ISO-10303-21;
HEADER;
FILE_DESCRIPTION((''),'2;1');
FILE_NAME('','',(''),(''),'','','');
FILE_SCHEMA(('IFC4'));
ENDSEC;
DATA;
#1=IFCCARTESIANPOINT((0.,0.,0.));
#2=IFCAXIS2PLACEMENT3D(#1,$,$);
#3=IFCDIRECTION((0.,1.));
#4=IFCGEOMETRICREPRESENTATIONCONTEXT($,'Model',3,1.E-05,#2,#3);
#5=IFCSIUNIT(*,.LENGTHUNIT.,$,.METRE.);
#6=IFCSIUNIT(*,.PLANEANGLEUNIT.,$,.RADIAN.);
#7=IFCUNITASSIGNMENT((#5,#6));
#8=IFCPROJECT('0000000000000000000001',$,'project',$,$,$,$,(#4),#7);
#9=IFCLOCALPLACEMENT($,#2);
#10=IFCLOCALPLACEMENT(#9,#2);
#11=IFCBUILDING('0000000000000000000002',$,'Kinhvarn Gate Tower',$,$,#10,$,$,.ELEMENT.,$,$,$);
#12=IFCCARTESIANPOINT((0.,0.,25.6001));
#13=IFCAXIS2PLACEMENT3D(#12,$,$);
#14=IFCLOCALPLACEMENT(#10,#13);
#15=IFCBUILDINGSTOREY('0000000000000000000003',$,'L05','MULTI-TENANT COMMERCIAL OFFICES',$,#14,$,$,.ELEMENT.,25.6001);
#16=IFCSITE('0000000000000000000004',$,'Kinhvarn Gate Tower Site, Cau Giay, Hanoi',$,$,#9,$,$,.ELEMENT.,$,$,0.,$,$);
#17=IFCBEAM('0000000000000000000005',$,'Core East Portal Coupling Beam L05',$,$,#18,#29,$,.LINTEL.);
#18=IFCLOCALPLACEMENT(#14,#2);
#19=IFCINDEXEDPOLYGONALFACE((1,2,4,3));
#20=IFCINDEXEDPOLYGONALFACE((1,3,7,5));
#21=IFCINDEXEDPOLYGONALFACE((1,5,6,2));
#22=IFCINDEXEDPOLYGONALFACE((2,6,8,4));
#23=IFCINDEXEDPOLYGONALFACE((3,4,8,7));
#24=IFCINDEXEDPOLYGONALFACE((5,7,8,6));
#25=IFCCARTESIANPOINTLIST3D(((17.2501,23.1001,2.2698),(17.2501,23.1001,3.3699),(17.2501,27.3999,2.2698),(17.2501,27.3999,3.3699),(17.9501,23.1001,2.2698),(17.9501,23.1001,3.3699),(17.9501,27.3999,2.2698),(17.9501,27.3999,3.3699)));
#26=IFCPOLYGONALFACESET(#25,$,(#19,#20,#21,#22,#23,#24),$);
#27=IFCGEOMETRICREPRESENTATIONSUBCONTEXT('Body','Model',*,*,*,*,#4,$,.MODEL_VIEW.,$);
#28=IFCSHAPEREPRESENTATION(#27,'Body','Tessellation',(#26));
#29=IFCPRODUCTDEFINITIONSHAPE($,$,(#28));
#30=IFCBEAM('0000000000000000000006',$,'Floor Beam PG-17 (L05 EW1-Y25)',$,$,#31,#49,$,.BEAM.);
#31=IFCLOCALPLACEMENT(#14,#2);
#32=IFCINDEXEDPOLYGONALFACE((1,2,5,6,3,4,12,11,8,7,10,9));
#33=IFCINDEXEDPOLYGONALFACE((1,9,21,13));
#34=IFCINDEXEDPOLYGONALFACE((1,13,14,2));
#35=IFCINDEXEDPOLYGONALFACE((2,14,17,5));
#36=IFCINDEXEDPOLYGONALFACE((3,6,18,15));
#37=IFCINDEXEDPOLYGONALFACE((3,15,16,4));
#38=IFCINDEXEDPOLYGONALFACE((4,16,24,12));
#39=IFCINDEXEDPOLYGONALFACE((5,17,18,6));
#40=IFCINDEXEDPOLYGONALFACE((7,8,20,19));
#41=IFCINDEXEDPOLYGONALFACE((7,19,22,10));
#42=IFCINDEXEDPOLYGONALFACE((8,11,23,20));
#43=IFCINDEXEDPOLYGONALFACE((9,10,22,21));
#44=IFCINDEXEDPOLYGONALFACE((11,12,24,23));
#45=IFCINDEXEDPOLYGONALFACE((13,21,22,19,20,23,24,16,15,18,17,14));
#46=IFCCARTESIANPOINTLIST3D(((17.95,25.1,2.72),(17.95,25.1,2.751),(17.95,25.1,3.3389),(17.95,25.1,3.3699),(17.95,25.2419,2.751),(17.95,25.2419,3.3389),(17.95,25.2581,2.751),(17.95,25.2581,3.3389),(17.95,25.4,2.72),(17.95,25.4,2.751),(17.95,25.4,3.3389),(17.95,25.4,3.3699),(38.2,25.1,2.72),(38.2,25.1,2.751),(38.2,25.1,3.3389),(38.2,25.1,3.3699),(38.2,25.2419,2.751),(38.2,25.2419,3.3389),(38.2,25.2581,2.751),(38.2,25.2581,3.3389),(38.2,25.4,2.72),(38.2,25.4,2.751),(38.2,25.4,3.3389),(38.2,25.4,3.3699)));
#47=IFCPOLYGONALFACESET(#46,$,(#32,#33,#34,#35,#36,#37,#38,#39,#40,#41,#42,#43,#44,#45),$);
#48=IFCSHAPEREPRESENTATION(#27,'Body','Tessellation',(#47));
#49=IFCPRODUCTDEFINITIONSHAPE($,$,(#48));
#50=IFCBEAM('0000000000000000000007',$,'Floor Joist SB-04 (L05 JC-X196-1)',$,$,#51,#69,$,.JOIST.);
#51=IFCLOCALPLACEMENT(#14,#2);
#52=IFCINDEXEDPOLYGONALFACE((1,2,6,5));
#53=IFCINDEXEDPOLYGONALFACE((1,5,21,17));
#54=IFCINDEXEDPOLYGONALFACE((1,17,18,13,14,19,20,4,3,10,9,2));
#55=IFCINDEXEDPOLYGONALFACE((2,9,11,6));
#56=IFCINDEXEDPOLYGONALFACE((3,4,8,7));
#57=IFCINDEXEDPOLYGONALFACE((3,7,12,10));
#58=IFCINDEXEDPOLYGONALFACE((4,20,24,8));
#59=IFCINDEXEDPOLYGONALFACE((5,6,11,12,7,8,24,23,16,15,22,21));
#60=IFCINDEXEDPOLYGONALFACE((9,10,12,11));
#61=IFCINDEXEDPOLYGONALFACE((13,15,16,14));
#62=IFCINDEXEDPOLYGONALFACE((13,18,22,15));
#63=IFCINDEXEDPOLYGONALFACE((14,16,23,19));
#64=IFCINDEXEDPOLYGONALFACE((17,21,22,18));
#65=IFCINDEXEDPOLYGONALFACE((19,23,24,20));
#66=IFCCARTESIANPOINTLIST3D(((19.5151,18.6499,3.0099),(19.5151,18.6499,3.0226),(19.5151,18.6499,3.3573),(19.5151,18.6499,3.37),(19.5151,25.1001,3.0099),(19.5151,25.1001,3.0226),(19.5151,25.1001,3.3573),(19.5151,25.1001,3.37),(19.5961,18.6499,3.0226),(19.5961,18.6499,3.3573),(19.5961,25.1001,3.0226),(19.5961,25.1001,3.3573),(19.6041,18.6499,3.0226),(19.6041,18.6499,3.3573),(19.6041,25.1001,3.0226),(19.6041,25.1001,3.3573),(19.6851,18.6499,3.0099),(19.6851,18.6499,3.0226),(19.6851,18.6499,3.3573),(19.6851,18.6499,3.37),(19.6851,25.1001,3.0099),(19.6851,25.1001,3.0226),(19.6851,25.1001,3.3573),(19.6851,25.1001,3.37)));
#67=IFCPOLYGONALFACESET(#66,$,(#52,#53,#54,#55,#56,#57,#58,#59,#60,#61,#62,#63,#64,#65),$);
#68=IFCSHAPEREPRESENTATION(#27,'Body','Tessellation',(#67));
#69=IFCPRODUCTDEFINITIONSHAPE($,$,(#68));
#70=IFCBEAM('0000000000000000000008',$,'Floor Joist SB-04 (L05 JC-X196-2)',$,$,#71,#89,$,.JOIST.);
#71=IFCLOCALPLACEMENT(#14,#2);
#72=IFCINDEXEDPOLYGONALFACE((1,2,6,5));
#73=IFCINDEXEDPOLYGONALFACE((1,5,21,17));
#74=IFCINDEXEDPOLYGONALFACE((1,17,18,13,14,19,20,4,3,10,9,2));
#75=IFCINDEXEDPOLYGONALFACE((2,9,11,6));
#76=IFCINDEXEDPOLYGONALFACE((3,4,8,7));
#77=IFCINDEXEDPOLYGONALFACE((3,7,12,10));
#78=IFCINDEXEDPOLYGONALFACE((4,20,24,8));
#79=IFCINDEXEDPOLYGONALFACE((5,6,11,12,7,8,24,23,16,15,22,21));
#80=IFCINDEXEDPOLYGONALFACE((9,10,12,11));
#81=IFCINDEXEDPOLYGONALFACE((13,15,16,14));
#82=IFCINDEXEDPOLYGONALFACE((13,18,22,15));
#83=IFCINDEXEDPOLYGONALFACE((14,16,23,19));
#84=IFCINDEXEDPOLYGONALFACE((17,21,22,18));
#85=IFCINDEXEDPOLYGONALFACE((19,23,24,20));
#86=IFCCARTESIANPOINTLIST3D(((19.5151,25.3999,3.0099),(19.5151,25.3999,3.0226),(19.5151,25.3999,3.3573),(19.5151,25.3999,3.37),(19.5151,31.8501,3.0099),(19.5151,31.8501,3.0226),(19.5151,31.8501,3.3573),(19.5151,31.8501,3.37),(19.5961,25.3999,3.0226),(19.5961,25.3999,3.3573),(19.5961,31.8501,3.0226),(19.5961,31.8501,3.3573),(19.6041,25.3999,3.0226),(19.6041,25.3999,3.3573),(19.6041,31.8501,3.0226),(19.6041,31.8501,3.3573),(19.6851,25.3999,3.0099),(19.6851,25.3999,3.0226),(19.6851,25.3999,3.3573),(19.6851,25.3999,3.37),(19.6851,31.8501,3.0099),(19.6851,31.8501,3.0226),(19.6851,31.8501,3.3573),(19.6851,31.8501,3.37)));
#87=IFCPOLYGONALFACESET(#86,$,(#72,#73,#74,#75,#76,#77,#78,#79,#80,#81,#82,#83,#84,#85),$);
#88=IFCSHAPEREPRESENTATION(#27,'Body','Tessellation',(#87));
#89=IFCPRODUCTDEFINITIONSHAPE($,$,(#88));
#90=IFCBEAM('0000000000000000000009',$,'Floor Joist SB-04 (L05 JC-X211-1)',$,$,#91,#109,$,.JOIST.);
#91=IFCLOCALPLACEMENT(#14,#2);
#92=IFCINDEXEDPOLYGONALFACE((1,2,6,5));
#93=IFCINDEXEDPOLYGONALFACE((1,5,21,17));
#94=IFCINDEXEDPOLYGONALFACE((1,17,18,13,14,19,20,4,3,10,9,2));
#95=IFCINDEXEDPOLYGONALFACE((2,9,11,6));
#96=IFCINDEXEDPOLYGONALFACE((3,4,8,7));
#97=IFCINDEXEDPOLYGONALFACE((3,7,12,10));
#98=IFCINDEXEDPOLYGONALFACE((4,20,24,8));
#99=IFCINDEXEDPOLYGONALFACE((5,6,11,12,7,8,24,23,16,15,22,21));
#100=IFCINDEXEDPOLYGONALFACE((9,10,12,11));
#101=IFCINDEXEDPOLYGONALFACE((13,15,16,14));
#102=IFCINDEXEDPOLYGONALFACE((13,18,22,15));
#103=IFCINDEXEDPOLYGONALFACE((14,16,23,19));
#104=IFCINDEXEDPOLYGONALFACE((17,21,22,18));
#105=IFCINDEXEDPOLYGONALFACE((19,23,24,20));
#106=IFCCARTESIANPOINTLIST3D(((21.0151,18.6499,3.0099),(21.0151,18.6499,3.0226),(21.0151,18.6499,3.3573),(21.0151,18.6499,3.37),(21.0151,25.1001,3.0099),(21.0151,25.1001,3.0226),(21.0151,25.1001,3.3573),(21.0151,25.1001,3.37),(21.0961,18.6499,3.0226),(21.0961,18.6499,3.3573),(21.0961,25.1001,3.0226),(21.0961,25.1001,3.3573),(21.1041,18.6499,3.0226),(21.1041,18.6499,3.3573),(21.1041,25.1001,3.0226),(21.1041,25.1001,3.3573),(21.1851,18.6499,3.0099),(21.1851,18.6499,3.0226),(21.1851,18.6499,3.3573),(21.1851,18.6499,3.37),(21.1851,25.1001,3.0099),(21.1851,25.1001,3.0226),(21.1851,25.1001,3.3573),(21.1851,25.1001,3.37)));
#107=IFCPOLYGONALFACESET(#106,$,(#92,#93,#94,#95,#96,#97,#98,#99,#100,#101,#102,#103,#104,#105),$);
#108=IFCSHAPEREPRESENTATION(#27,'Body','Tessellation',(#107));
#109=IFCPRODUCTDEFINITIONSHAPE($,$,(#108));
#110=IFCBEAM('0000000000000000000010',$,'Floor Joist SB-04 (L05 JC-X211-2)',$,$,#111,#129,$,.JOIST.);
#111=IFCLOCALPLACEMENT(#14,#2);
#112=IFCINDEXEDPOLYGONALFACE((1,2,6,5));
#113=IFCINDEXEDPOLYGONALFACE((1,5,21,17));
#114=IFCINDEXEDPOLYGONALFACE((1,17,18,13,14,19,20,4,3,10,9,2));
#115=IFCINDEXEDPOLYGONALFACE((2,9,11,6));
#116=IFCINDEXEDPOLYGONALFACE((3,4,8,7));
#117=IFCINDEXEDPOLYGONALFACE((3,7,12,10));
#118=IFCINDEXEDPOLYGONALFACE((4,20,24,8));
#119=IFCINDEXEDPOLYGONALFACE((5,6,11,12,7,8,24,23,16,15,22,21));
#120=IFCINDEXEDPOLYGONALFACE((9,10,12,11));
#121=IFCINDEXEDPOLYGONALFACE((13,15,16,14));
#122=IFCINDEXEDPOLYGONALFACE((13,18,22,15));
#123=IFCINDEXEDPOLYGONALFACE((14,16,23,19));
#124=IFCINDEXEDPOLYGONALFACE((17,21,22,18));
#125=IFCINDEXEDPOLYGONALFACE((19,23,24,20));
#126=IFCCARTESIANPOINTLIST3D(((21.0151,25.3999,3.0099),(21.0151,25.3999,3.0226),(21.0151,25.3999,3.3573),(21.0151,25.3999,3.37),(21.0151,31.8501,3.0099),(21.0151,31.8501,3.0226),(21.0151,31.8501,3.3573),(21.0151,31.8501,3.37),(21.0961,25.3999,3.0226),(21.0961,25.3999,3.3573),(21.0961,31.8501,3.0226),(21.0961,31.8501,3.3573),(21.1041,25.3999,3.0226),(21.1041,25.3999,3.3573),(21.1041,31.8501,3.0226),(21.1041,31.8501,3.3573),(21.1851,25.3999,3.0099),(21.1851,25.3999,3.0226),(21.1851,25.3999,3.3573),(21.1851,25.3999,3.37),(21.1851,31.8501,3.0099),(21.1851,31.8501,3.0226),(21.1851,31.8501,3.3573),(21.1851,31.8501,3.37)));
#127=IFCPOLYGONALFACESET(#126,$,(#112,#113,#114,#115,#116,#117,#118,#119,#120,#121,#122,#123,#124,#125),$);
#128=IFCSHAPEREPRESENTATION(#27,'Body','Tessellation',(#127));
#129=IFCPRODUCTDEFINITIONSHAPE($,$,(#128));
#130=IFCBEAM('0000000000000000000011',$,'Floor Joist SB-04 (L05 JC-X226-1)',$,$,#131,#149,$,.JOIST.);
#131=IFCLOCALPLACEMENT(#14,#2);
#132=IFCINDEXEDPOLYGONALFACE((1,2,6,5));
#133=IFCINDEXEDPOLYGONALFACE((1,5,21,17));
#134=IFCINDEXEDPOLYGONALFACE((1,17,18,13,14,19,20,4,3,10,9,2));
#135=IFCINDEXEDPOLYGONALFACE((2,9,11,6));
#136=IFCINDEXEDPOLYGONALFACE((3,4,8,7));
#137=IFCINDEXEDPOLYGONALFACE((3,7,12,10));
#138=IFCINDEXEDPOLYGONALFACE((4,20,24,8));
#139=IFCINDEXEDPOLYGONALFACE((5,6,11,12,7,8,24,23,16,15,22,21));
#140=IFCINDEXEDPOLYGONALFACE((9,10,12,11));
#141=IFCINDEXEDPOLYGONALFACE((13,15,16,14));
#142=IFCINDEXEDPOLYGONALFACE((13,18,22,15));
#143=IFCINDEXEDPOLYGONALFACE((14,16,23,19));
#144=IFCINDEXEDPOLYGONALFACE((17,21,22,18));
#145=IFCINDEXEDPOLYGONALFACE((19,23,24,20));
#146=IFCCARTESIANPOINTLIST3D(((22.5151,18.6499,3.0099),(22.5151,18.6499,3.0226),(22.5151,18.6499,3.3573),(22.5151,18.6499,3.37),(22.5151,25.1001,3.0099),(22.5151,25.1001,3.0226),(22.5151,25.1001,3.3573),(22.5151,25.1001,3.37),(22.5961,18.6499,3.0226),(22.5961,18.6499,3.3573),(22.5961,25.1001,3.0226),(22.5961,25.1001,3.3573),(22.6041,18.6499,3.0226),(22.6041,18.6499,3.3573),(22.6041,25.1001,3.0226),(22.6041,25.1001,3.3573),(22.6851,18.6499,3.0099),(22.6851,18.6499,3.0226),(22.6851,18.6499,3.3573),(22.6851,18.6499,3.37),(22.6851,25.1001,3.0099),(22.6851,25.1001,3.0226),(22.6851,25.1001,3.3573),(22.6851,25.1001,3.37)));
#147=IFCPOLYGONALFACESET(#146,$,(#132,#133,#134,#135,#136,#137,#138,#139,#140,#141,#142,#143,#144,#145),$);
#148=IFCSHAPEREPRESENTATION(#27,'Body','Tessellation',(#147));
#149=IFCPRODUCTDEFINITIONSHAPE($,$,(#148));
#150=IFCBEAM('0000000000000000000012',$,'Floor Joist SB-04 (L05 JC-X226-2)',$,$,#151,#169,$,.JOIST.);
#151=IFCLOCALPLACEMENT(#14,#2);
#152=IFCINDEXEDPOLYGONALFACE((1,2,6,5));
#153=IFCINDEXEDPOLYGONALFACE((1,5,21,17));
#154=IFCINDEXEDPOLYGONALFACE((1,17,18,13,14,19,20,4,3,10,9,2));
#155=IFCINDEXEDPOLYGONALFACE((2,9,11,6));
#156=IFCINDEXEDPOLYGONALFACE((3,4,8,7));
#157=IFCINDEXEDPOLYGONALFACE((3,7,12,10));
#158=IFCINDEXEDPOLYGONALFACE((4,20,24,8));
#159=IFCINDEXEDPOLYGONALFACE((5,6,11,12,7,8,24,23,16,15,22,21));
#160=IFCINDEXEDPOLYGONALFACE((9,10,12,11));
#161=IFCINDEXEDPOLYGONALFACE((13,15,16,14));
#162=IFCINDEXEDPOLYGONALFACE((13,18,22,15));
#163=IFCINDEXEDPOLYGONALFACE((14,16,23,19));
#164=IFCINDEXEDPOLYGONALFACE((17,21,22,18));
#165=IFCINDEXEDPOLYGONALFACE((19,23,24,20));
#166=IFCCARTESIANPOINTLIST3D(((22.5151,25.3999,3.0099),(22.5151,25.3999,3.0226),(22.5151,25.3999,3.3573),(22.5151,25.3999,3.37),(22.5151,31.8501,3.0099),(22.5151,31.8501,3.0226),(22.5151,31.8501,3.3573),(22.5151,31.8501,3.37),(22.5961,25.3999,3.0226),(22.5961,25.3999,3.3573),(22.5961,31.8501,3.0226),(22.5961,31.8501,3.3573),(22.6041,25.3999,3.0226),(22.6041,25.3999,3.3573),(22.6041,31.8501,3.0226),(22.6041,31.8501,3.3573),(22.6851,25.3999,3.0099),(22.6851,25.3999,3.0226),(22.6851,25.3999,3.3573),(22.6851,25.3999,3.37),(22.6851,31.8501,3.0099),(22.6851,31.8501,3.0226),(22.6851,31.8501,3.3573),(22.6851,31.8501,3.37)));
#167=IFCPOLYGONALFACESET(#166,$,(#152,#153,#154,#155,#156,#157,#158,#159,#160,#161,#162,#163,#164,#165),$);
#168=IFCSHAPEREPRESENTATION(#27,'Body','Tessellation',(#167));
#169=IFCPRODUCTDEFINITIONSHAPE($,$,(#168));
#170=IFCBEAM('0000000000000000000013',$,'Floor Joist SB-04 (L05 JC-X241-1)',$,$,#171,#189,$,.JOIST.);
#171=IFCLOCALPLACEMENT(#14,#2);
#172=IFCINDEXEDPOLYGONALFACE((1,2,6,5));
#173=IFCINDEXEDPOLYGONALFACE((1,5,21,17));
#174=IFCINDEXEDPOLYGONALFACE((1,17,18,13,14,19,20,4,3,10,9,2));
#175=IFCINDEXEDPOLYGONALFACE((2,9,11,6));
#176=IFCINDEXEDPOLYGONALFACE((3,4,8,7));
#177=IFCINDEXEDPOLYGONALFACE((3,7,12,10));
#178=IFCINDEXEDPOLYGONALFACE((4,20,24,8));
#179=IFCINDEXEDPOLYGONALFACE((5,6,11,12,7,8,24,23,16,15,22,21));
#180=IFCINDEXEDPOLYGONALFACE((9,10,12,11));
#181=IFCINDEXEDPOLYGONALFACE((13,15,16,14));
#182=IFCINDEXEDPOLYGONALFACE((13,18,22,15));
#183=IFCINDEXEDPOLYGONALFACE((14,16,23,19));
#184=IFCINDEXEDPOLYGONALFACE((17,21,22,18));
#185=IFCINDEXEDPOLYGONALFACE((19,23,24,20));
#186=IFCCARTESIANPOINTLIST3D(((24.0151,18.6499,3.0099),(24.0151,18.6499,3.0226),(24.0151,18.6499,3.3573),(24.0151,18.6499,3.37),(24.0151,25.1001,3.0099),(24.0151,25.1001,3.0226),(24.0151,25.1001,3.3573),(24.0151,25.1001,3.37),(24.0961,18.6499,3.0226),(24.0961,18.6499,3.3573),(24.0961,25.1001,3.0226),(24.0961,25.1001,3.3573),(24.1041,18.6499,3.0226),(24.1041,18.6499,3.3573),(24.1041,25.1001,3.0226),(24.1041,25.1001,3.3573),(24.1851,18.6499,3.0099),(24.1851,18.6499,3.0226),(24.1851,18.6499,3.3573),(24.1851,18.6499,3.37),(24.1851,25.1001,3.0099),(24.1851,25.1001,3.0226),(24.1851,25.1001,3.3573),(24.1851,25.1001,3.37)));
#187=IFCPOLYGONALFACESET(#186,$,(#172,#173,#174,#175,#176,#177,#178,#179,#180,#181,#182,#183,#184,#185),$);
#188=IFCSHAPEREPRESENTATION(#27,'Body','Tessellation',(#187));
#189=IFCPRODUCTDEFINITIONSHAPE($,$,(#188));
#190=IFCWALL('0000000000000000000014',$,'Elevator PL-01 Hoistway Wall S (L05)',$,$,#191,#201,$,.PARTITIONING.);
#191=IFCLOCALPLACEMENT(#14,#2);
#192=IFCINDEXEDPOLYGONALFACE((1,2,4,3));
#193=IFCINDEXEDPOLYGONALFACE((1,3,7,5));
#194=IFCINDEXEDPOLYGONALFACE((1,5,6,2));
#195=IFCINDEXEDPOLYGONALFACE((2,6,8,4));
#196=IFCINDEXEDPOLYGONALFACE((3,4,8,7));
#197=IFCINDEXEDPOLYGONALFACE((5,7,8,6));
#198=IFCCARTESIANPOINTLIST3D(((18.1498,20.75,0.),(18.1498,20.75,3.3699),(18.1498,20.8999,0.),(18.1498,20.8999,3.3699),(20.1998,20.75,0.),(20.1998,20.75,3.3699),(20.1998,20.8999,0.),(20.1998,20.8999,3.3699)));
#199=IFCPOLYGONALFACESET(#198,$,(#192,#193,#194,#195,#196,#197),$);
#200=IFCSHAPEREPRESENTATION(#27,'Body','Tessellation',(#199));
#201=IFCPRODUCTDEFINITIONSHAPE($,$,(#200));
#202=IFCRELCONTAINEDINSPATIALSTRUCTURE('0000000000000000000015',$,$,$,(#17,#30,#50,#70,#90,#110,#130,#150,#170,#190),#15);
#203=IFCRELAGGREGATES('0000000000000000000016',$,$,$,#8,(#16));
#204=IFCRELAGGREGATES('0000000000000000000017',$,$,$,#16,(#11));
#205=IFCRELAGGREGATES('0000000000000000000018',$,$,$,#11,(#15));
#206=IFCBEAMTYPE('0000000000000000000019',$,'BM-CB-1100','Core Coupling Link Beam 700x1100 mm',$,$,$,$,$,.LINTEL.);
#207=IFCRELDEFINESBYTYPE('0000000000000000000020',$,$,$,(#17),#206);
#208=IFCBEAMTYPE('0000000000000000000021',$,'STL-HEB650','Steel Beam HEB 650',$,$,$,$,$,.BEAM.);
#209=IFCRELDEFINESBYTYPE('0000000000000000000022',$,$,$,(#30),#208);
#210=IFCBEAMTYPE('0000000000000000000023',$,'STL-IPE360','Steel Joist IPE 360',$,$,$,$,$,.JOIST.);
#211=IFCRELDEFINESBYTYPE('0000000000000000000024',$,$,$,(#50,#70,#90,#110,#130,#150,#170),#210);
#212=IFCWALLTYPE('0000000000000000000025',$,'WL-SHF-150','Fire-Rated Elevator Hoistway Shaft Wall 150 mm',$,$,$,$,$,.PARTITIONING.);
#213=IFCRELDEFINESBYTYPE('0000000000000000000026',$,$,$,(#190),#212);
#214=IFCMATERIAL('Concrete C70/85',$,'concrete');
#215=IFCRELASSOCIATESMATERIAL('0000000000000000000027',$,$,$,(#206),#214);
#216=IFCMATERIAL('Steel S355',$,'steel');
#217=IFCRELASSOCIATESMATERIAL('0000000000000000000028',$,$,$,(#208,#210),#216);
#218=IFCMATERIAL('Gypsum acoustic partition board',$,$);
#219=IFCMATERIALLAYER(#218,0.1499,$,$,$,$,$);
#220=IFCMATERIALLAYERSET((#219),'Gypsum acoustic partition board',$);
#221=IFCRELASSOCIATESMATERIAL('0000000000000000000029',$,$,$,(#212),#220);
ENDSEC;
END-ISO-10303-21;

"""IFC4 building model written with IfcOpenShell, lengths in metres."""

from ifc_helpers import new_model, si_unit, direction, frame, frame_2d, origin, origin_2d, place, context, subcontext, project, spatial, rectangle, i_section, extrude, material, layer, layer_set, material_profile, profile_set, type_object, element, save


model = new_model("IFC4")

# Units and contexts
model_context = context("Model", 3, precision=1e-05, world=origin(), true_north=direction((0.0, 1.0)))
body_context = subcontext(model_context, "Body", "Model", "MODEL_VIEW")
ifc_project = project(units=[si_unit("LENGTHUNIT", "METRE"), si_unit("PLANEANGLEUNIT", "RADIAN")], contexts=[model_context])

# Site, building, storey
site_placement = place(None, origin())
site = spatial("IfcSite", under=ifc_project, at=site_placement, Name="Kinhvarn Gate Tower Site, Cau Giay, Hanoi", CompositionType="ELEMENT", RefElevation=0.0)
building_placement = place(site_placement, origin())
building = spatial("IfcBuilding", under=site, at=building_placement, Name="Kinhvarn Gate Tower", CompositionType="ELEMENT")
storey_placement = place(building_placement, frame((0.0, 0.0, 25.6001)))
storey = spatial("IfcBuildingStorey", under=building, at=storey_placement, Name="L05", Description="MULTI-TENANT COMMERCIAL OFFICES", CompositionType="ELEMENT", Elevation=25.6001)

# Beams
ifc_material_1 = material(Name="Concrete C70/85", Category="concrete")
ifc_material_profile_1 = material_profile(ifc_material_1, rectangle(XDim=0.7, YDim=1.1001, at=origin_2d()), Name="RC 700x1100")
ifc_profile_set_1 = profile_set([ifc_material_profile_1], Name="Concrete C70/85")
beam_type_1 = type_object("IfcBeamType", Name="BM-CB-1100", Description="Core Coupling Link Beam 700x1100 mm", PredefinedType="LINTEL", material=ifc_profile_set_1)
beam_1_placement = place(storey_placement, frame((17.6001, 23.1001, 2.8198), z_axis=(0.0, 1.0, 0.0), x_axis=(-1.0, 0.0, 0.0)))
element("IfcBeam", 1, at=beam_1_placement, inside=storey, type_object=beam_type_1, Name="Core East Portal Coupling Beam L05", PredefinedType="LINTEL", context=body_context, shape_type="SweptSolid", body=[
    extrude(rectangle(XDim=0.7, YDim=1.1001, at=origin_2d()), origin(), (0.0, 0.0, 1.0), 4.2998),
])
ifc_material_2 = material(Name="Steel S355", Category="steel")
ifc_material_profile_2 = material_profile(ifc_material_2, i_section(OverallWidth=0.3, OverallDepth=0.6499, WebThickness=0.0161, FlangeThickness=0.031, at=origin_2d()), Name="HEB 650")
ifc_profile_set_2 = profile_set([ifc_material_profile_2], Name="Steel S355")
beam_type_2 = type_object("IfcBeamType", Name="STL-HEB650", Description="Steel Beam HEB 650", PredefinedType="BEAM", material=ifc_profile_set_2)
beam_2_placement = place(storey_placement, frame((17.95, 25.25, 3.0449), z_axis=(1.0, 0.0, 0.0), x_axis=(0.0, 1.0, 0.0)))
element("IfcBeam", 2, at=beam_2_placement, inside=storey, type_object=beam_type_2, Name="Floor Beam PG-17 (L05 EW1-Y25)", PredefinedType="BEAM", context=body_context, shape_type="SweptSolid", body=[
    extrude(i_section(OverallWidth=0.3, OverallDepth=0.6499, WebThickness=0.0161, FlangeThickness=0.031, at=origin_2d()), origin(), (0.0, 0.0, 1.0), 20.25),
])
ifc_material_profile_3 = material_profile(ifc_material_2, i_section(OverallWidth=0.1699, OverallDepth=0.3601, WebThickness=0.0081, FlangeThickness=0.0127, at=origin_2d()), Name="IPE 360")
ifc_profile_set_3 = profile_set([ifc_material_profile_3], Name="Steel S355")
beam_type_3 = type_object("IfcBeamType", Name="STL-IPE360", Description="Steel Joist IPE 360", PredefinedType="JOIST", material=ifc_profile_set_3)
for number, where, z_axis, x_axis, name in (
    (3, (19.6001, 18.6499, 3.1899), (0.0, 1.0, 0.0), (-1.0, 0.0, 0.0), "Floor Joist SB-04 (L05 JC-X196-1)"),
    (4, (19.6001, 25.3999, 3.1899), (0.0, 1.0, 0.0), (-1.0, 0.0, 0.0), "Floor Joist SB-04 (L05 JC-X196-2)"),
    (5, (21.1001, 18.6499, 3.1899), (0.0, 1.0, 0.0), (-1.0, 0.0, 0.0), "Floor Joist SB-04 (L05 JC-X211-1)"),
    (6, (21.1001, 25.3999, 3.1899), (0.0, 1.0, 0.0), (-1.0, 0.0, 0.0), "Floor Joist SB-04 (L05 JC-X211-2)"),
    (7, (22.6001, 18.6499, 3.1899), (0.0, 1.0, 0.0), (-1.0, 0.0, 0.0), "Floor Joist SB-04 (L05 JC-X226-1)"),
    (8, (22.6001, 25.3999, 3.1899), (0.0, 1.0, 0.0), (-1.0, 0.0, 0.0), "Floor Joist SB-04 (L05 JC-X226-2)"),
    (9, (24.1001, 18.6499, 3.1899), (0.0, 1.0, 0.0), (-1.0, 0.0, 0.0), "Floor Joist SB-04 (L05 JC-X241-1)"),
):
    element("IfcBeam", number, at=place(storey_placement, frame(where, z_axis=z_axis, x_axis=x_axis)), inside=storey, type_object=beam_type_3, Name=name, PredefinedType="JOIST", context=body_context, shape_type="SweptSolid", body=[
        extrude(i_section(OverallWidth=0.1699, OverallDepth=0.3601, WebThickness=0.0081, FlangeThickness=0.0127, at=origin_2d()), origin(), (0.0, 0.0, 1.0), 6.4502),
    ])

# Wall
ifc_material_3 = material(Name="Gypsum acoustic partition board")
ifc_layer = layer(ifc_material_3, 0.1499)
ifc_layer_set = layer_set([ifc_layer], Name="Gypsum acoustic partition board")
wall_type = type_object("IfcWallType", Name="WL-SHF-150", Description="Fire-Rated Elevator Hoistway Shaft Wall 150 mm", PredefinedType="PARTITIONING", material=ifc_layer_set)
wall_1_placement = place(storey_placement, frame((18.1499, 20.825, 0.0), z_axis=(0.0, 0.0, 1.0), x_axis=(1.0, 0.0, 0.0)))
element("IfcWall", 10, at=wall_1_placement, inside=storey, type_object=wall_type, Name="Elevator PL-01 Hoistway Wall S (L05)", PredefinedType="PARTITIONING", context=body_context, shape_type="SweptSolid", body=[
    extrude(rectangle(XDim=2.05, YDim=0.1499, at=frame_2d((1.0249, 0.0))), origin(), (0.0, 0.0, 1.0), 3.3699),
])

save(model, "model.ifc")
